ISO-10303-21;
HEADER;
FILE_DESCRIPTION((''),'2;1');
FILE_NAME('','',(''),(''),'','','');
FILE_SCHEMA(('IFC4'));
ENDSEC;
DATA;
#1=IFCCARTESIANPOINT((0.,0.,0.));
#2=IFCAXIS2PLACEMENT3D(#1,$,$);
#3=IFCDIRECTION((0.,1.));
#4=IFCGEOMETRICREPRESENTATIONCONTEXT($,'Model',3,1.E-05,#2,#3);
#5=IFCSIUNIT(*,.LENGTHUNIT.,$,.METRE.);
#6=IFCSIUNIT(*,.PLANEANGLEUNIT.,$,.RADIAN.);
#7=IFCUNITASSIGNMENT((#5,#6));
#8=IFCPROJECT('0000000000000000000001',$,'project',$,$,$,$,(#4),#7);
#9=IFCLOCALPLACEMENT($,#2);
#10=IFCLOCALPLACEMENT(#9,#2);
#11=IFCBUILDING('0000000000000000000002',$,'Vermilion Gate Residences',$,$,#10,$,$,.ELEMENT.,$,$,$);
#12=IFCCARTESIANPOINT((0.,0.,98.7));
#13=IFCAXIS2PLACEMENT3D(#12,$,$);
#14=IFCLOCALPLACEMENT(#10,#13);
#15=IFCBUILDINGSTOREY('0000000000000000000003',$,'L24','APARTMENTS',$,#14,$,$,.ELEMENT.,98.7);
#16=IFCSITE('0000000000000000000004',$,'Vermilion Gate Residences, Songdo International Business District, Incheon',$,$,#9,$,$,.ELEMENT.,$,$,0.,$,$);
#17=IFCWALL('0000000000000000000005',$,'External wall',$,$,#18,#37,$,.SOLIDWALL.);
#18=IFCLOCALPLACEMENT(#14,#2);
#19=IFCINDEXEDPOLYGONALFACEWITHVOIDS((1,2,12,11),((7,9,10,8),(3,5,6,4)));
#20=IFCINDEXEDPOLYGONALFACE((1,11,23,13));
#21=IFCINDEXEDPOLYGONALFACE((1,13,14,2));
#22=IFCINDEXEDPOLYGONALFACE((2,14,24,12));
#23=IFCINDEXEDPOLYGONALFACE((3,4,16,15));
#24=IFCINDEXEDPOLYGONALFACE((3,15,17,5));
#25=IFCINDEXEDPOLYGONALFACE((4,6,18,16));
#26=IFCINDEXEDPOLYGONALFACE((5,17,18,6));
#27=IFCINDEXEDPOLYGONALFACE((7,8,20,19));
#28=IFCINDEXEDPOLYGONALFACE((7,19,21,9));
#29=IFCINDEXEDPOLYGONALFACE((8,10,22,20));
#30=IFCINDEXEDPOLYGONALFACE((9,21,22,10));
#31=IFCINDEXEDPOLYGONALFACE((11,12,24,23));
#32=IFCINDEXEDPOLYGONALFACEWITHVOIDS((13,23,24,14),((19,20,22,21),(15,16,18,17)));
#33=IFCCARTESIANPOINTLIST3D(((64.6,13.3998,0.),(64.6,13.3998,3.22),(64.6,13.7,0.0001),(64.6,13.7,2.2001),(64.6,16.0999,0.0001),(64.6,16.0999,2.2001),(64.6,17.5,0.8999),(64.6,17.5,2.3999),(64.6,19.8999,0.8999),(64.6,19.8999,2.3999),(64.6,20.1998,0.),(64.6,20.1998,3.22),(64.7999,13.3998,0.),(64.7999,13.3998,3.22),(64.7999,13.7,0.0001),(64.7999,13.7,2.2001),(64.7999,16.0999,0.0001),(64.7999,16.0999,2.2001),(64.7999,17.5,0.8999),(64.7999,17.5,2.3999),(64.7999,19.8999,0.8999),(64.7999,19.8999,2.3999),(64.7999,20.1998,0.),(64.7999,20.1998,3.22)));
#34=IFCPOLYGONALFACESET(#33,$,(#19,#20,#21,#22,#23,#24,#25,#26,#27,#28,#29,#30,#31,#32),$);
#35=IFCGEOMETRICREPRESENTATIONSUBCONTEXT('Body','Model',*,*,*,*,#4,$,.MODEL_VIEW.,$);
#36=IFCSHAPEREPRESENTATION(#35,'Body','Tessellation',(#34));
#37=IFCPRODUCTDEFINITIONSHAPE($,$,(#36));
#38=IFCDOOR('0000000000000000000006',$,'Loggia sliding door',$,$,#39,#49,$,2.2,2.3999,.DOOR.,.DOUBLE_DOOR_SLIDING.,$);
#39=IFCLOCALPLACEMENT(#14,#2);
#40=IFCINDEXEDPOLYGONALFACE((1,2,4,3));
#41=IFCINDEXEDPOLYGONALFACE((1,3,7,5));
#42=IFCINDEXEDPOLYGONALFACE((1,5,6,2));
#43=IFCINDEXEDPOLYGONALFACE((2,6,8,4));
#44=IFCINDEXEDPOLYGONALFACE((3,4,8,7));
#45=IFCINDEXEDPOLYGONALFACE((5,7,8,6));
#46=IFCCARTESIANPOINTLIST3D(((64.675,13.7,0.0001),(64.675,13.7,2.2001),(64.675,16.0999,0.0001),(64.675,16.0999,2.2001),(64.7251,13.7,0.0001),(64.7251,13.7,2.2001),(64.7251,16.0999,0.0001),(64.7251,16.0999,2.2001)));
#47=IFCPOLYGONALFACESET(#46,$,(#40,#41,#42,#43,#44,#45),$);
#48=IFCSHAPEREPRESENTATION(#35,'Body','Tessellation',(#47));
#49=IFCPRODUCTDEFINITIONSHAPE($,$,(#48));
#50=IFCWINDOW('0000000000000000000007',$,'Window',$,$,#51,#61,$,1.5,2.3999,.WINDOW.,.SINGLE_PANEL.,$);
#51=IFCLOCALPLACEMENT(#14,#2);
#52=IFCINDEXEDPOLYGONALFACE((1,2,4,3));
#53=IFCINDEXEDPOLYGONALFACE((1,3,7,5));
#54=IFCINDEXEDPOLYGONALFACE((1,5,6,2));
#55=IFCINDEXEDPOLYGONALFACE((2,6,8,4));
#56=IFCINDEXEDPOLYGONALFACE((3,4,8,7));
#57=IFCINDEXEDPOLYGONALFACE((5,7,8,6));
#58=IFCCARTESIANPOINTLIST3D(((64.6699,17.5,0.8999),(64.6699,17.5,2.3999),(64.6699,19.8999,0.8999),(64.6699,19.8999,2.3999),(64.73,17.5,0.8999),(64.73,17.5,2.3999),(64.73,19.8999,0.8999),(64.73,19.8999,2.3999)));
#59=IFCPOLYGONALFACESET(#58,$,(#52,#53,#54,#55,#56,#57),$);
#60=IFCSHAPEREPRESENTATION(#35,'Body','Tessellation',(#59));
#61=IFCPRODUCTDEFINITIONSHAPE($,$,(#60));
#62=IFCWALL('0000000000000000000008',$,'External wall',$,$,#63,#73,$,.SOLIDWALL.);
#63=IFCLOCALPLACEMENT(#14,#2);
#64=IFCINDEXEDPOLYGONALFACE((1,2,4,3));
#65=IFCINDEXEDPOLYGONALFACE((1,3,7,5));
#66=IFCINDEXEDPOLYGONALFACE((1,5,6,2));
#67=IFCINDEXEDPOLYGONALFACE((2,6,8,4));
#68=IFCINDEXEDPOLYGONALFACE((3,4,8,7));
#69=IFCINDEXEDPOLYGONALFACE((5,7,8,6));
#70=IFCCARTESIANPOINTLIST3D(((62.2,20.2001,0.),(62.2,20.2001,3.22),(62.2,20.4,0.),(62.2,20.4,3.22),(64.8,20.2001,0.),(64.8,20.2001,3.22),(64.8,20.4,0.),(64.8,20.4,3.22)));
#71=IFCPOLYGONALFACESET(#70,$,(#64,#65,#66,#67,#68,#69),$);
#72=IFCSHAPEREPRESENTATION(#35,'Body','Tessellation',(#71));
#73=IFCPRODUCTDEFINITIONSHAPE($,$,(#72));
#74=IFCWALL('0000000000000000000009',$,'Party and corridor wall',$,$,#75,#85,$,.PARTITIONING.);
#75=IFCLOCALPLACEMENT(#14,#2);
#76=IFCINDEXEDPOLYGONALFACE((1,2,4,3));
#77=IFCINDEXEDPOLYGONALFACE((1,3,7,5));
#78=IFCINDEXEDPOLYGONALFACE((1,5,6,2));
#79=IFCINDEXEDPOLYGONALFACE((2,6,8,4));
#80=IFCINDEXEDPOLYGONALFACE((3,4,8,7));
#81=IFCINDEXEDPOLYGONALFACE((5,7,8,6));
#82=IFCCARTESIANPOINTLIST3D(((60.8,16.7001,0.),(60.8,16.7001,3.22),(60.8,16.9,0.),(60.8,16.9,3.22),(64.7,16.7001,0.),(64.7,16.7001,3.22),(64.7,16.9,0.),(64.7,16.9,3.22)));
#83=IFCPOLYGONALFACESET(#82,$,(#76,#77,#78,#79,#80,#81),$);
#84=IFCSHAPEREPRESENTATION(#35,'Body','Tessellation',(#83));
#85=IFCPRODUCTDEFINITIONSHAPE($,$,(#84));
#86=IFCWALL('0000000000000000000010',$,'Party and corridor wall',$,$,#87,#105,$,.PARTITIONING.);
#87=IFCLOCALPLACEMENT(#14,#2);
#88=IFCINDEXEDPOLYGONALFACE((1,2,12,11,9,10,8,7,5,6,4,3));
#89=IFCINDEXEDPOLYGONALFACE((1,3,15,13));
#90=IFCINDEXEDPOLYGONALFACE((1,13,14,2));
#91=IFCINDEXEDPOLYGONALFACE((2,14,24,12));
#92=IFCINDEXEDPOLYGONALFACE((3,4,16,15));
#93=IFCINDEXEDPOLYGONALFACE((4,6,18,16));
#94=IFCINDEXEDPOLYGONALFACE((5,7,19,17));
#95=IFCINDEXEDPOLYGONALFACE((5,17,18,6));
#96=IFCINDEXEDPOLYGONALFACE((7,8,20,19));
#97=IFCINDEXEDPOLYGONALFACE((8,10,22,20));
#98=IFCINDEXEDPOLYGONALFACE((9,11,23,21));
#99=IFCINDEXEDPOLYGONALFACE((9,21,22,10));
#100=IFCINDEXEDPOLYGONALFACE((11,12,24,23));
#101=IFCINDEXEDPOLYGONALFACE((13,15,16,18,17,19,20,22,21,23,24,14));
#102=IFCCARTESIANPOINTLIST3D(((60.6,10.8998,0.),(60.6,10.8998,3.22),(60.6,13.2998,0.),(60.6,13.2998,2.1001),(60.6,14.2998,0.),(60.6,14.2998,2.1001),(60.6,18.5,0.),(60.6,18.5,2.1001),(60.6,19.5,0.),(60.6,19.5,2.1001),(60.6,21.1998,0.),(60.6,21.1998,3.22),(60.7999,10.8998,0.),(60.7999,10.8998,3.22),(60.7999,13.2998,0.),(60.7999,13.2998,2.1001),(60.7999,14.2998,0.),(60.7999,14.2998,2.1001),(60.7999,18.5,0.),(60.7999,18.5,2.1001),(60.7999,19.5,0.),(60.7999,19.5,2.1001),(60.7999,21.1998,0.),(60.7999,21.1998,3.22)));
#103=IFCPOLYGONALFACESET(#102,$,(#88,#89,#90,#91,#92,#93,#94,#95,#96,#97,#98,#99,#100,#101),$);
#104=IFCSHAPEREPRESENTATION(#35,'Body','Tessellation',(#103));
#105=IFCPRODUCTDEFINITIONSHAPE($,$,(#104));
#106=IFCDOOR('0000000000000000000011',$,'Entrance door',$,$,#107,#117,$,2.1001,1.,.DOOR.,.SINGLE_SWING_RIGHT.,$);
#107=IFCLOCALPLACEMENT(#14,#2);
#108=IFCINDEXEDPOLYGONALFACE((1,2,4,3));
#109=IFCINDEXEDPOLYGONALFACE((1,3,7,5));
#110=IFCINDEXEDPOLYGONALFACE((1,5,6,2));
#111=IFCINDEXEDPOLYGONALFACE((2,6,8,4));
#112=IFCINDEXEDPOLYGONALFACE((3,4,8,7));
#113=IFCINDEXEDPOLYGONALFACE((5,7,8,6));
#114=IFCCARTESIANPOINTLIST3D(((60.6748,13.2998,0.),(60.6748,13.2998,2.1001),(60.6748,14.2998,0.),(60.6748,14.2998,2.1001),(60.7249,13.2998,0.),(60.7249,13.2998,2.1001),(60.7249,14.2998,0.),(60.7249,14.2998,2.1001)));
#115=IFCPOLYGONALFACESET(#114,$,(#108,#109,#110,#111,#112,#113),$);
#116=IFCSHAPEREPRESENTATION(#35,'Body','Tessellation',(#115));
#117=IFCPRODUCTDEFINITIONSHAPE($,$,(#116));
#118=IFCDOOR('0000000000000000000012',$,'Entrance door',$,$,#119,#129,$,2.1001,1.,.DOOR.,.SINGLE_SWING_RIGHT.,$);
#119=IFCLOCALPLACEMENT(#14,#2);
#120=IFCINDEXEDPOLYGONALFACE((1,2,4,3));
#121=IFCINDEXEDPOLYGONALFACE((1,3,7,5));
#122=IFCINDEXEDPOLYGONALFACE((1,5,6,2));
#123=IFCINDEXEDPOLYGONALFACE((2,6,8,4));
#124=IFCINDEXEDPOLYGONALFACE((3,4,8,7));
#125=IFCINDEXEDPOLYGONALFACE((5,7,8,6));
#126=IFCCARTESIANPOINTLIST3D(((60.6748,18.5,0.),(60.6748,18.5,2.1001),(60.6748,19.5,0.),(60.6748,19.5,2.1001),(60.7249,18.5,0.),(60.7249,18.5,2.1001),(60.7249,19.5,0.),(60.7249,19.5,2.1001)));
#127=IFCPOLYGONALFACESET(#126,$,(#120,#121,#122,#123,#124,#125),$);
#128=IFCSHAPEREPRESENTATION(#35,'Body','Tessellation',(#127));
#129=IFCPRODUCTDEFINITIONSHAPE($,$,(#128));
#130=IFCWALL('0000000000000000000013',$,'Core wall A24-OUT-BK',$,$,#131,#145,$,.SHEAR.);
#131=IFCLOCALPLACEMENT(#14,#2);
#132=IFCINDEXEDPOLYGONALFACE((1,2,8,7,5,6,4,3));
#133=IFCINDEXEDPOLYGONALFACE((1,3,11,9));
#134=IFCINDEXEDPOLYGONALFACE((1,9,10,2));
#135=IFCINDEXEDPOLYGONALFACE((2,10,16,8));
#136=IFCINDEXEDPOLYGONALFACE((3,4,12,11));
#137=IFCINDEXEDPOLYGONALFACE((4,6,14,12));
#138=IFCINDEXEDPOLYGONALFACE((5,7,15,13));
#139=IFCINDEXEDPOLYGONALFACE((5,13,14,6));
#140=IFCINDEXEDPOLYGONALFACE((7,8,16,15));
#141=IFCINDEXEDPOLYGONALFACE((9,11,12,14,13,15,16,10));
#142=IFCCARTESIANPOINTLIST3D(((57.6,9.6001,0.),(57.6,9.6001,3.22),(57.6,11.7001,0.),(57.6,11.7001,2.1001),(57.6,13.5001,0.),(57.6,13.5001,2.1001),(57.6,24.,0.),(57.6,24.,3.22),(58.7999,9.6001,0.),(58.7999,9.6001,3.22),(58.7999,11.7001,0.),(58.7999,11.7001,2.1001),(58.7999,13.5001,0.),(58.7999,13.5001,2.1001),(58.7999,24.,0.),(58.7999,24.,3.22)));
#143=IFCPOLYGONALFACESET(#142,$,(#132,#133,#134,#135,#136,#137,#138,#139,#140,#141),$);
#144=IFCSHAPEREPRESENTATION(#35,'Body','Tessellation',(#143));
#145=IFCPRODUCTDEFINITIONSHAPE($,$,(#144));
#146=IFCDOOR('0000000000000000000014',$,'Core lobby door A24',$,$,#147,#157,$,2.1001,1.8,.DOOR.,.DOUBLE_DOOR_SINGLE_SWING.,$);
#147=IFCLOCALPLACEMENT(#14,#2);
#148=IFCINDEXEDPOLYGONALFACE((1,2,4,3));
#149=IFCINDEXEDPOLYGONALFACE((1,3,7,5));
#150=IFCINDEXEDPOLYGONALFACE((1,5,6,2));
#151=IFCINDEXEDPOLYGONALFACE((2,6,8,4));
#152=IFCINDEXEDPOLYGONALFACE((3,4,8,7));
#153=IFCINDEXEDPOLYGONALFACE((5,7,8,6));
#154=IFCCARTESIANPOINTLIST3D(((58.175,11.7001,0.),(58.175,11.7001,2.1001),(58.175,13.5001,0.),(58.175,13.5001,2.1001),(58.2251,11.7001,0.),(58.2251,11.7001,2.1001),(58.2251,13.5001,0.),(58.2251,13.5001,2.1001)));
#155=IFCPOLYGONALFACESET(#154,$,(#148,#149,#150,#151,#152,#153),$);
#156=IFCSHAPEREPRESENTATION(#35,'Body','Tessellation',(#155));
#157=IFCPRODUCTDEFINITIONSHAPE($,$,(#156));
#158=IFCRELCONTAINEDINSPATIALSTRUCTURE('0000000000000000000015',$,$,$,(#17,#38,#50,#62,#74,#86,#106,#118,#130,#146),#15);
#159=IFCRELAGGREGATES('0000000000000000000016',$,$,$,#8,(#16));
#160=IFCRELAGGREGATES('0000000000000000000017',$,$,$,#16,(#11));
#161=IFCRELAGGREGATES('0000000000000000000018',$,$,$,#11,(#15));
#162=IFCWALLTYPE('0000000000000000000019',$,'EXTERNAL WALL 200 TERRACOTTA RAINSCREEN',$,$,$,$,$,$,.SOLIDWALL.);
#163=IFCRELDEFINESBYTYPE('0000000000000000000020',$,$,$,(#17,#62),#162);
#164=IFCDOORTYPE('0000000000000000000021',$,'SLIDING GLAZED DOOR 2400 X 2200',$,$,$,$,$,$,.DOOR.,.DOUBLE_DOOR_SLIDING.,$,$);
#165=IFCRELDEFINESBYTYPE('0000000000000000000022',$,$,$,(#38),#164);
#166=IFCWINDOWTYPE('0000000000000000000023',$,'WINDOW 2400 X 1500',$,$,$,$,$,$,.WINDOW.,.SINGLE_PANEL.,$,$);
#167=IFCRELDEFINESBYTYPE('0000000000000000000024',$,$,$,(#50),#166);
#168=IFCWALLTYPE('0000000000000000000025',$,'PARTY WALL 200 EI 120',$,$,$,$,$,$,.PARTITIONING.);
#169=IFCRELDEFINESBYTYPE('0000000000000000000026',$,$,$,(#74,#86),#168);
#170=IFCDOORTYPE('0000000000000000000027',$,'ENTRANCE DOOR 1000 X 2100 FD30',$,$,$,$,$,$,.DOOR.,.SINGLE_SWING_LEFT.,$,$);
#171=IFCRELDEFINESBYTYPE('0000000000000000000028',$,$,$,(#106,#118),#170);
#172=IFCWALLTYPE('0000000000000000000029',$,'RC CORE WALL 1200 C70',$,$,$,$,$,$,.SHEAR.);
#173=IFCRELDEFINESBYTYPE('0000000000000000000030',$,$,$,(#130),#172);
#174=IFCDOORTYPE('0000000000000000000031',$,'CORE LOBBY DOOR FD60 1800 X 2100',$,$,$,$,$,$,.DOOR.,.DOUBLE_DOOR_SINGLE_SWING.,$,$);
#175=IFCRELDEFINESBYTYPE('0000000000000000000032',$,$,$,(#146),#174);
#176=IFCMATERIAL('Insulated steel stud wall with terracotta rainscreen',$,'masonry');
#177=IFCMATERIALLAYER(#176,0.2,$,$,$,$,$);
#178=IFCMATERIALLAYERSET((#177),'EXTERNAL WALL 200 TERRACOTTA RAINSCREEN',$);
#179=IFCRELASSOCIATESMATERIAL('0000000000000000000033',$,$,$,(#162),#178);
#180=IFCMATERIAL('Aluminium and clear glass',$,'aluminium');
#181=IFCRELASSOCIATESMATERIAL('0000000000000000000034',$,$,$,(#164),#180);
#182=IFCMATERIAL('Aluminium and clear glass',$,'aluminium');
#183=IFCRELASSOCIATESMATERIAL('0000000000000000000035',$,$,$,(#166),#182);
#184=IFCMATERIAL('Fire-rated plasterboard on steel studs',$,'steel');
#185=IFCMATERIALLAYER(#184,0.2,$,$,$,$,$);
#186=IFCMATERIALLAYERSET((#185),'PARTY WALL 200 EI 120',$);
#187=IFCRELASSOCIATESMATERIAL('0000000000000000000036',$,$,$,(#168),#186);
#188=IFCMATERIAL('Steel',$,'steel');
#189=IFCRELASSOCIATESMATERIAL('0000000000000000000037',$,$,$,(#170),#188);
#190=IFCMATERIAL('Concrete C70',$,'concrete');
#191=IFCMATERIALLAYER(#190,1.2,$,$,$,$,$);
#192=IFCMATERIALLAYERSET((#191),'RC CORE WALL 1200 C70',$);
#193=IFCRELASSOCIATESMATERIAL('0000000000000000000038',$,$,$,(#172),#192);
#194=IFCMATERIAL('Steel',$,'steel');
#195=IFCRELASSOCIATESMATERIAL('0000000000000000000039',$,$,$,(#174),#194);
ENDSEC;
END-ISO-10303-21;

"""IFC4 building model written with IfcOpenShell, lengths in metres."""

from ifc_helpers import new_model, si_unit, direction, frame, frame_2d, origin, place, context, subcontext, project, spatial, rectangle, extrude, material, layer, layer_set, type_object, element, fill, save


model = new_model("IFC4")

# Units and contexts
model_context = context("Model", 3, precision=1e-05, world=origin(), true_north=direction((0.0, 1.0)))
body_context = subcontext(model_context, "Body", "Model", "MODEL_VIEW")
ifc_project = project(units=[si_unit("LENGTHUNIT", "METRE"), si_unit("PLANEANGLEUNIT", "RADIAN")], contexts=[model_context])

# Site, building, storey
site_placement = place(None, origin())
site = spatial("IfcSite", under=ifc_project, at=site_placement, Name="Vermilion Gate Residences, Songdo International Business District, Incheon", CompositionType="ELEMENT", RefElevation=0.0)
building_placement = place(site_placement, origin())
building = spatial("IfcBuilding", under=site, at=building_placement, Name="Vermilion Gate Residences", CompositionType="ELEMENT")
storey_placement = place(building_placement, frame((0.0, 0.0, 98.7)))
storey = spatial("IfcBuildingStorey", under=building, at=storey_placement, Name="L24", Description="APARTMENTS", CompositionType="ELEMENT", Elevation=98.7)

# Shared definitions
ifc_material_1 = material(Name="Insulated steel stud wall with terracotta rainscreen", Category="masonry")
ifc_layer_1 = layer(ifc_material_1, 0.2)
ifc_layer_set_1 = layer_set([ifc_layer_1], Name="EXTERNAL WALL 200 TERRACOTTA RAINSCREEN")
wall_type_1 = type_object("IfcWallType", Name="EXTERNAL WALL 200 TERRACOTTA RAINSCREEN", PredefinedType="SOLIDWALL", material=ifc_layer_set_1)

# Wall, openings, door, window
wall_1_placement = place(storey_placement, frame((64.7, 13.3999, 0.0), z_axis=(0.0, 0.0, 1.0), x_axis=(0.0, 1.0, 0.0)))
wall_1 = element("IfcWall", 1, at=wall_1_placement, inside=storey, type_object=wall_type_1, Name="External wall", PredefinedType="SOLIDWALL", context=body_context, shape_type="SweptSolid", body=[
    extrude(rectangle(XDim=6.8, YDim=0.2, at=frame_2d((3.3999, 0.0))), origin(), (0.0, 0.0, 1.0), 3.22),
])
opening_1_placement = place(wall_1_placement, frame((4.1001, 0.0, 0.8999)))
opening_1 = element("IfcOpeningElement", 2, at=opening_1_placement, cuts=wall_1, PredefinedType="OPENING", context=body_context, shape_type="SweptSolid", body=[
    extrude(rectangle(XDim=2.3999, YDim=1.5, at=frame_2d((1.2, 0.75))), frame((0.0, 0.1099, 0.0), z_axis=(0.0, -1.0, 0.0), x_axis=(1.0, 0.0, 0.0)), (0.0, 0.0, 1.0), 0.22),
])
opening_2_placement = place(wall_1_placement, frame((0.3, 0.0, 0.0)))
opening_2 = element("IfcOpeningElement", 3, at=opening_2_placement, cuts=wall_1, PredefinedType="OPENING", context=body_context, shape_type="SweptSolid", body=[
    extrude(rectangle(XDim=2.3999, YDim=2.2, at=frame_2d((1.2, 1.1001))), frame((0.0, 0.1099, 0.0), z_axis=(0.0, -1.0, 0.0), x_axis=(1.0, 0.0, 0.0)), (0.0, 0.0, 1.0), 0.22),
])
ifc_material_2 = material(Name="Aluminium and clear glass", Category="aluminium")
door_type_1 = type_object("IfcDoorType", Name="SLIDING GLAZED DOOR 2400 X 2200", OperationType="DOUBLE_DOOR_SLIDING", PredefinedType="DOOR", material=ifc_material_2)
door_1_placement = place(opening_2_placement, origin())
door_1 = element("IfcDoor", 4, at=door_1_placement, inside=storey, type_object=door_type_1, Name="Loggia sliding door", OperationType="DOUBLE_DOOR_SLIDING", OverallHeight=2.2, OverallWidth=2.3999, PredefinedType="DOOR", context=body_context, shape_type="SweptSolid", body=[
    extrude(rectangle(XDim=2.3999, YDim=2.2, at=frame_2d((1.2, 1.1001))), frame((0.0, 0.0249, 0.0), z_axis=(0.0, -1.0, 0.0), x_axis=(1.0, 0.0, 0.0)), (0.0, 0.0, 1.0), 0.05),
])
fill(opening_2, door_1)
ifc_material_3 = material(Name="Aluminium and clear glass", Category="aluminium")
window_type_1 = type_object("IfcWindowType", Name="WINDOW 2400 X 1500", PartitioningType="SINGLE_PANEL", PredefinedType="WINDOW", material=ifc_material_3)
window_1_placement = place(opening_1_placement, origin())
window_1 = element("IfcWindow", 5, at=window_1_placement, inside=storey, type_object=window_type_1, Name="Window", OverallHeight=1.5, OverallWidth=2.3999, PartitioningType="SINGLE_PANEL", PredefinedType="WINDOW", context=body_context, shape_type="SweptSolid", body=[
    extrude(rectangle(XDim=2.3999, YDim=1.5, at=frame_2d((1.2, 0.75))), frame((0.0, 0.03, 0.0), z_axis=(0.0, -1.0, 0.0), x_axis=(1.0, 0.0, 0.0)), (0.0, 0.0, 1.0), 0.0601),
])
fill(opening_1, window_1)

# Walls
wall_2_placement = place(storey_placement, frame((64.8, 20.3, 0.0), z_axis=(0.0, 0.0, 1.0), x_axis=(-1.0, 0.0, 0.0)))
element("IfcWall", 6, at=wall_2_placement, inside=storey, type_object=wall_type_1, Name="External wall", PredefinedType="SOLIDWALL", context=body_context, shape_type="SweptSolid", body=[
    extrude(rectangle(XDim=2.6001, YDim=0.2, at=frame_2d((1.3, 0.0))), origin(), (0.0, 0.0, 1.0), 3.22),
])
ifc_material_4 = material(Name="Fire-rated plasterboard on steel studs", Category="steel")
ifc_layer_2 = layer(ifc_material_4, 0.2)
ifc_layer_set_2 = layer_set([ifc_layer_2], Name="PARTY WALL 200 EI 120")
wall_type_2 = type_object("IfcWallType", Name="PARTY WALL 200 EI 120", PredefinedType="PARTITIONING", material=ifc_layer_set_2)
wall_3_placement = place(storey_placement, frame((60.8, 16.8, 0.0), z_axis=(0.0, 0.0, 1.0), x_axis=(1.0, 0.0, 0.0)))
element("IfcWall", 7, at=wall_3_placement, inside=storey, type_object=wall_type_2, Name="Party and corridor wall", PredefinedType="PARTITIONING", context=body_context, shape_type="SweptSolid", body=[
    extrude(rectangle(XDim=3.8999, YDim=0.2, at=frame_2d((1.95, 0.0))), origin(), (0.0, 0.0, 1.0), 3.22),
])

# Wall, openings, doors
wall_4_placement = place(storey_placement, frame((60.7, 10.8999, 0.0), z_axis=(0.0, 0.0, 1.0), x_axis=(0.0, 1.0, 0.0)))
wall_4 = element("IfcWall", 8, at=wall_4_placement, inside=storey, type_object=wall_type_2, Name="Party and corridor wall", PredefinedType="PARTITIONING", context=body_context, shape_type="SweptSolid", body=[
    extrude(rectangle(XDim=10.3, YDim=0.2, at=frame_2d((5.1499, 0.0))), origin(), (0.0, 0.0, 1.0), 3.22),
])
opening_3_placement = place(wall_4_placement, frame((2.3999, 0.0, 0.0)))
opening_3 = element("IfcOpeningElement", 9, at=opening_3_placement, cuts=wall_4, PredefinedType="OPENING", context=body_context, shape_type="SweptSolid", body=[
    extrude(rectangle(XDim=1.0, YDim=2.1001, at=frame_2d((0.5, 1.05))), frame((0.0, 0.1099, 0.0), z_axis=(0.0, -1.0, 0.0), x_axis=(1.0, 0.0, 0.0)), (0.0, 0.0, 1.0), 0.22),
])
opening_4_placement = place(wall_4_placement, frame((7.6001, 0.0, 0.0)))
opening_4 = element("IfcOpeningElement", 10, at=opening_4_placement, cuts=wall_4, PredefinedType="OPENING", context=body_context, shape_type="SweptSolid", body=[
    extrude(rectangle(XDim=1.0, YDim=2.1001, at=frame_2d((0.5, 1.05))), frame((0.0, 0.1099, 0.0), z_axis=(0.0, -1.0, 0.0), x_axis=(1.0, 0.0, 0.0)), (0.0, 0.0, 1.0), 0.22),
])
ifc_material_5 = material(Name="Steel", Category="steel")
door_type_2 = type_object("IfcDoorType", Name="ENTRANCE DOOR 1000 X 2100 FD30", OperationType="SINGLE_SWING_LEFT", PredefinedType="DOOR", material=ifc_material_5)
door_2_placement = place(opening_3_placement, frame((1.0, 0.0, 0.0), z_axis=(0.0, 0.0, 1.0), x_axis=(-1.0, 0.0, 0.0)))
door_2 = element("IfcDoor", 11, at=door_2_placement, inside=storey, type_object=door_type_2, Name="Entrance door", OperationType="SINGLE_SWING_RIGHT", OverallHeight=2.1001, OverallWidth=1.0, PredefinedType="DOOR", context=body_context, shape_type="SweptSolid", body=[
    extrude(rectangle(XDim=1.0, YDim=2.1001, at=frame_2d((0.5, 1.05))), frame((0.0, 0.0249, 0.0), z_axis=(0.0, -1.0, 0.0), x_axis=(1.0, 0.0, 0.0)), (0.0, 0.0, 1.0), 0.05),
])
fill(opening_3, door_2)
door_3_placement = place(opening_4_placement, frame((1.0, 0.0, 0.0), z_axis=(0.0, 0.0, 1.0), x_axis=(-1.0, 0.0, 0.0)))
door_3 = element("IfcDoor", 12, at=door_3_placement, inside=storey, type_object=door_type_2, Name="Entrance door", OperationType="SINGLE_SWING_RIGHT", OverallHeight=2.1001, OverallWidth=1.0, PredefinedType="DOOR", context=body_context, shape_type="SweptSolid", body=[
    extrude(rectangle(XDim=1.0, YDim=2.1001, at=frame_2d((0.5, 1.05))), frame((0.0, 0.0249, 0.0), z_axis=(0.0, -1.0, 0.0), x_axis=(1.0, 0.0, 0.0)), (0.0, 0.0, 1.0), 0.05),
])
fill(opening_4, door_3)

# Wall, opening, door
ifc_material_6 = material(Name="Concrete C70", Category="concrete")
ifc_layer_3 = layer(ifc_material_6, 1.2)
ifc_layer_set_3 = layer_set([ifc_layer_3], Name="RC CORE WALL 1200 C70")
wall_type_3 = type_object("IfcWallType", Name="RC CORE WALL 1200 C70", PredefinedType="SHEAR", material=ifc_layer_set_3)
wall_5_placement = place(storey_placement, frame((58.2, 9.6001, 0.0), z_axis=(0.0, 0.0, 1.0), x_axis=(0.0, 1.0, 0.0)))
wall_5 = element("IfcWall", 13, at=wall_5_placement, inside=storey, type_object=wall_type_3, Name="Core wall A24-OUT-BK", PredefinedType="SHEAR", context=body_context, shape_type="SweptSolid", body=[
    extrude(rectangle(XDim=14.3999, YDim=1.2, at=frame_2d((7.2, 0.0))), origin(), (0.0, 0.0, 1.0), 3.22),
])
opening_5_placement = place(wall_5_placement, frame((2.1001, 0.0, 0.0)))
opening_5 = element("IfcOpeningElement", 14, at=opening_5_placement, cuts=wall_5, PredefinedType="OPENING", context=body_context, shape_type="SweptSolid", body=[
    extrude(rectangle(XDim=1.8, YDim=2.1001, at=frame_2d((0.8999, 1.05))), frame((0.0, 0.6099, 0.0), z_axis=(0.0, -1.0, 0.0), x_axis=(1.0, 0.0, 0.0)), (0.0, 0.0, 1.0), 1.22),
])
ifc_material_7 = material(Name="Steel", Category="steel")
door_type_3 = type_object("IfcDoorType", Name="CORE LOBBY DOOR FD60 1800 X 2100", OperationType="DOUBLE_DOOR_SINGLE_SWING", PredefinedType="DOOR", material=ifc_material_7)
door_4_placement = place(opening_5_placement, origin())
door_4 = element("IfcDoor", 15, at=door_4_placement, inside=storey, type_object=door_type_3, Name="Core lobby door A24", OperationType="DOUBLE_DOOR_SINGLE_SWING", OverallHeight=2.1001, OverallWidth=1.8, PredefinedType="DOOR", context=body_context, shape_type="SweptSolid", body=[
    extrude(rectangle(XDim=1.8, YDim=2.1001, at=frame_2d((0.8999, 1.05))), frame((0.0, 0.0249, 0.0), z_axis=(0.0, -1.0, 0.0), x_axis=(1.0, 0.0, 0.0)), (0.0, 0.0, 1.0), 0.05),
])
fill(opening_5, door_4)

save(model, "model.ifc")
